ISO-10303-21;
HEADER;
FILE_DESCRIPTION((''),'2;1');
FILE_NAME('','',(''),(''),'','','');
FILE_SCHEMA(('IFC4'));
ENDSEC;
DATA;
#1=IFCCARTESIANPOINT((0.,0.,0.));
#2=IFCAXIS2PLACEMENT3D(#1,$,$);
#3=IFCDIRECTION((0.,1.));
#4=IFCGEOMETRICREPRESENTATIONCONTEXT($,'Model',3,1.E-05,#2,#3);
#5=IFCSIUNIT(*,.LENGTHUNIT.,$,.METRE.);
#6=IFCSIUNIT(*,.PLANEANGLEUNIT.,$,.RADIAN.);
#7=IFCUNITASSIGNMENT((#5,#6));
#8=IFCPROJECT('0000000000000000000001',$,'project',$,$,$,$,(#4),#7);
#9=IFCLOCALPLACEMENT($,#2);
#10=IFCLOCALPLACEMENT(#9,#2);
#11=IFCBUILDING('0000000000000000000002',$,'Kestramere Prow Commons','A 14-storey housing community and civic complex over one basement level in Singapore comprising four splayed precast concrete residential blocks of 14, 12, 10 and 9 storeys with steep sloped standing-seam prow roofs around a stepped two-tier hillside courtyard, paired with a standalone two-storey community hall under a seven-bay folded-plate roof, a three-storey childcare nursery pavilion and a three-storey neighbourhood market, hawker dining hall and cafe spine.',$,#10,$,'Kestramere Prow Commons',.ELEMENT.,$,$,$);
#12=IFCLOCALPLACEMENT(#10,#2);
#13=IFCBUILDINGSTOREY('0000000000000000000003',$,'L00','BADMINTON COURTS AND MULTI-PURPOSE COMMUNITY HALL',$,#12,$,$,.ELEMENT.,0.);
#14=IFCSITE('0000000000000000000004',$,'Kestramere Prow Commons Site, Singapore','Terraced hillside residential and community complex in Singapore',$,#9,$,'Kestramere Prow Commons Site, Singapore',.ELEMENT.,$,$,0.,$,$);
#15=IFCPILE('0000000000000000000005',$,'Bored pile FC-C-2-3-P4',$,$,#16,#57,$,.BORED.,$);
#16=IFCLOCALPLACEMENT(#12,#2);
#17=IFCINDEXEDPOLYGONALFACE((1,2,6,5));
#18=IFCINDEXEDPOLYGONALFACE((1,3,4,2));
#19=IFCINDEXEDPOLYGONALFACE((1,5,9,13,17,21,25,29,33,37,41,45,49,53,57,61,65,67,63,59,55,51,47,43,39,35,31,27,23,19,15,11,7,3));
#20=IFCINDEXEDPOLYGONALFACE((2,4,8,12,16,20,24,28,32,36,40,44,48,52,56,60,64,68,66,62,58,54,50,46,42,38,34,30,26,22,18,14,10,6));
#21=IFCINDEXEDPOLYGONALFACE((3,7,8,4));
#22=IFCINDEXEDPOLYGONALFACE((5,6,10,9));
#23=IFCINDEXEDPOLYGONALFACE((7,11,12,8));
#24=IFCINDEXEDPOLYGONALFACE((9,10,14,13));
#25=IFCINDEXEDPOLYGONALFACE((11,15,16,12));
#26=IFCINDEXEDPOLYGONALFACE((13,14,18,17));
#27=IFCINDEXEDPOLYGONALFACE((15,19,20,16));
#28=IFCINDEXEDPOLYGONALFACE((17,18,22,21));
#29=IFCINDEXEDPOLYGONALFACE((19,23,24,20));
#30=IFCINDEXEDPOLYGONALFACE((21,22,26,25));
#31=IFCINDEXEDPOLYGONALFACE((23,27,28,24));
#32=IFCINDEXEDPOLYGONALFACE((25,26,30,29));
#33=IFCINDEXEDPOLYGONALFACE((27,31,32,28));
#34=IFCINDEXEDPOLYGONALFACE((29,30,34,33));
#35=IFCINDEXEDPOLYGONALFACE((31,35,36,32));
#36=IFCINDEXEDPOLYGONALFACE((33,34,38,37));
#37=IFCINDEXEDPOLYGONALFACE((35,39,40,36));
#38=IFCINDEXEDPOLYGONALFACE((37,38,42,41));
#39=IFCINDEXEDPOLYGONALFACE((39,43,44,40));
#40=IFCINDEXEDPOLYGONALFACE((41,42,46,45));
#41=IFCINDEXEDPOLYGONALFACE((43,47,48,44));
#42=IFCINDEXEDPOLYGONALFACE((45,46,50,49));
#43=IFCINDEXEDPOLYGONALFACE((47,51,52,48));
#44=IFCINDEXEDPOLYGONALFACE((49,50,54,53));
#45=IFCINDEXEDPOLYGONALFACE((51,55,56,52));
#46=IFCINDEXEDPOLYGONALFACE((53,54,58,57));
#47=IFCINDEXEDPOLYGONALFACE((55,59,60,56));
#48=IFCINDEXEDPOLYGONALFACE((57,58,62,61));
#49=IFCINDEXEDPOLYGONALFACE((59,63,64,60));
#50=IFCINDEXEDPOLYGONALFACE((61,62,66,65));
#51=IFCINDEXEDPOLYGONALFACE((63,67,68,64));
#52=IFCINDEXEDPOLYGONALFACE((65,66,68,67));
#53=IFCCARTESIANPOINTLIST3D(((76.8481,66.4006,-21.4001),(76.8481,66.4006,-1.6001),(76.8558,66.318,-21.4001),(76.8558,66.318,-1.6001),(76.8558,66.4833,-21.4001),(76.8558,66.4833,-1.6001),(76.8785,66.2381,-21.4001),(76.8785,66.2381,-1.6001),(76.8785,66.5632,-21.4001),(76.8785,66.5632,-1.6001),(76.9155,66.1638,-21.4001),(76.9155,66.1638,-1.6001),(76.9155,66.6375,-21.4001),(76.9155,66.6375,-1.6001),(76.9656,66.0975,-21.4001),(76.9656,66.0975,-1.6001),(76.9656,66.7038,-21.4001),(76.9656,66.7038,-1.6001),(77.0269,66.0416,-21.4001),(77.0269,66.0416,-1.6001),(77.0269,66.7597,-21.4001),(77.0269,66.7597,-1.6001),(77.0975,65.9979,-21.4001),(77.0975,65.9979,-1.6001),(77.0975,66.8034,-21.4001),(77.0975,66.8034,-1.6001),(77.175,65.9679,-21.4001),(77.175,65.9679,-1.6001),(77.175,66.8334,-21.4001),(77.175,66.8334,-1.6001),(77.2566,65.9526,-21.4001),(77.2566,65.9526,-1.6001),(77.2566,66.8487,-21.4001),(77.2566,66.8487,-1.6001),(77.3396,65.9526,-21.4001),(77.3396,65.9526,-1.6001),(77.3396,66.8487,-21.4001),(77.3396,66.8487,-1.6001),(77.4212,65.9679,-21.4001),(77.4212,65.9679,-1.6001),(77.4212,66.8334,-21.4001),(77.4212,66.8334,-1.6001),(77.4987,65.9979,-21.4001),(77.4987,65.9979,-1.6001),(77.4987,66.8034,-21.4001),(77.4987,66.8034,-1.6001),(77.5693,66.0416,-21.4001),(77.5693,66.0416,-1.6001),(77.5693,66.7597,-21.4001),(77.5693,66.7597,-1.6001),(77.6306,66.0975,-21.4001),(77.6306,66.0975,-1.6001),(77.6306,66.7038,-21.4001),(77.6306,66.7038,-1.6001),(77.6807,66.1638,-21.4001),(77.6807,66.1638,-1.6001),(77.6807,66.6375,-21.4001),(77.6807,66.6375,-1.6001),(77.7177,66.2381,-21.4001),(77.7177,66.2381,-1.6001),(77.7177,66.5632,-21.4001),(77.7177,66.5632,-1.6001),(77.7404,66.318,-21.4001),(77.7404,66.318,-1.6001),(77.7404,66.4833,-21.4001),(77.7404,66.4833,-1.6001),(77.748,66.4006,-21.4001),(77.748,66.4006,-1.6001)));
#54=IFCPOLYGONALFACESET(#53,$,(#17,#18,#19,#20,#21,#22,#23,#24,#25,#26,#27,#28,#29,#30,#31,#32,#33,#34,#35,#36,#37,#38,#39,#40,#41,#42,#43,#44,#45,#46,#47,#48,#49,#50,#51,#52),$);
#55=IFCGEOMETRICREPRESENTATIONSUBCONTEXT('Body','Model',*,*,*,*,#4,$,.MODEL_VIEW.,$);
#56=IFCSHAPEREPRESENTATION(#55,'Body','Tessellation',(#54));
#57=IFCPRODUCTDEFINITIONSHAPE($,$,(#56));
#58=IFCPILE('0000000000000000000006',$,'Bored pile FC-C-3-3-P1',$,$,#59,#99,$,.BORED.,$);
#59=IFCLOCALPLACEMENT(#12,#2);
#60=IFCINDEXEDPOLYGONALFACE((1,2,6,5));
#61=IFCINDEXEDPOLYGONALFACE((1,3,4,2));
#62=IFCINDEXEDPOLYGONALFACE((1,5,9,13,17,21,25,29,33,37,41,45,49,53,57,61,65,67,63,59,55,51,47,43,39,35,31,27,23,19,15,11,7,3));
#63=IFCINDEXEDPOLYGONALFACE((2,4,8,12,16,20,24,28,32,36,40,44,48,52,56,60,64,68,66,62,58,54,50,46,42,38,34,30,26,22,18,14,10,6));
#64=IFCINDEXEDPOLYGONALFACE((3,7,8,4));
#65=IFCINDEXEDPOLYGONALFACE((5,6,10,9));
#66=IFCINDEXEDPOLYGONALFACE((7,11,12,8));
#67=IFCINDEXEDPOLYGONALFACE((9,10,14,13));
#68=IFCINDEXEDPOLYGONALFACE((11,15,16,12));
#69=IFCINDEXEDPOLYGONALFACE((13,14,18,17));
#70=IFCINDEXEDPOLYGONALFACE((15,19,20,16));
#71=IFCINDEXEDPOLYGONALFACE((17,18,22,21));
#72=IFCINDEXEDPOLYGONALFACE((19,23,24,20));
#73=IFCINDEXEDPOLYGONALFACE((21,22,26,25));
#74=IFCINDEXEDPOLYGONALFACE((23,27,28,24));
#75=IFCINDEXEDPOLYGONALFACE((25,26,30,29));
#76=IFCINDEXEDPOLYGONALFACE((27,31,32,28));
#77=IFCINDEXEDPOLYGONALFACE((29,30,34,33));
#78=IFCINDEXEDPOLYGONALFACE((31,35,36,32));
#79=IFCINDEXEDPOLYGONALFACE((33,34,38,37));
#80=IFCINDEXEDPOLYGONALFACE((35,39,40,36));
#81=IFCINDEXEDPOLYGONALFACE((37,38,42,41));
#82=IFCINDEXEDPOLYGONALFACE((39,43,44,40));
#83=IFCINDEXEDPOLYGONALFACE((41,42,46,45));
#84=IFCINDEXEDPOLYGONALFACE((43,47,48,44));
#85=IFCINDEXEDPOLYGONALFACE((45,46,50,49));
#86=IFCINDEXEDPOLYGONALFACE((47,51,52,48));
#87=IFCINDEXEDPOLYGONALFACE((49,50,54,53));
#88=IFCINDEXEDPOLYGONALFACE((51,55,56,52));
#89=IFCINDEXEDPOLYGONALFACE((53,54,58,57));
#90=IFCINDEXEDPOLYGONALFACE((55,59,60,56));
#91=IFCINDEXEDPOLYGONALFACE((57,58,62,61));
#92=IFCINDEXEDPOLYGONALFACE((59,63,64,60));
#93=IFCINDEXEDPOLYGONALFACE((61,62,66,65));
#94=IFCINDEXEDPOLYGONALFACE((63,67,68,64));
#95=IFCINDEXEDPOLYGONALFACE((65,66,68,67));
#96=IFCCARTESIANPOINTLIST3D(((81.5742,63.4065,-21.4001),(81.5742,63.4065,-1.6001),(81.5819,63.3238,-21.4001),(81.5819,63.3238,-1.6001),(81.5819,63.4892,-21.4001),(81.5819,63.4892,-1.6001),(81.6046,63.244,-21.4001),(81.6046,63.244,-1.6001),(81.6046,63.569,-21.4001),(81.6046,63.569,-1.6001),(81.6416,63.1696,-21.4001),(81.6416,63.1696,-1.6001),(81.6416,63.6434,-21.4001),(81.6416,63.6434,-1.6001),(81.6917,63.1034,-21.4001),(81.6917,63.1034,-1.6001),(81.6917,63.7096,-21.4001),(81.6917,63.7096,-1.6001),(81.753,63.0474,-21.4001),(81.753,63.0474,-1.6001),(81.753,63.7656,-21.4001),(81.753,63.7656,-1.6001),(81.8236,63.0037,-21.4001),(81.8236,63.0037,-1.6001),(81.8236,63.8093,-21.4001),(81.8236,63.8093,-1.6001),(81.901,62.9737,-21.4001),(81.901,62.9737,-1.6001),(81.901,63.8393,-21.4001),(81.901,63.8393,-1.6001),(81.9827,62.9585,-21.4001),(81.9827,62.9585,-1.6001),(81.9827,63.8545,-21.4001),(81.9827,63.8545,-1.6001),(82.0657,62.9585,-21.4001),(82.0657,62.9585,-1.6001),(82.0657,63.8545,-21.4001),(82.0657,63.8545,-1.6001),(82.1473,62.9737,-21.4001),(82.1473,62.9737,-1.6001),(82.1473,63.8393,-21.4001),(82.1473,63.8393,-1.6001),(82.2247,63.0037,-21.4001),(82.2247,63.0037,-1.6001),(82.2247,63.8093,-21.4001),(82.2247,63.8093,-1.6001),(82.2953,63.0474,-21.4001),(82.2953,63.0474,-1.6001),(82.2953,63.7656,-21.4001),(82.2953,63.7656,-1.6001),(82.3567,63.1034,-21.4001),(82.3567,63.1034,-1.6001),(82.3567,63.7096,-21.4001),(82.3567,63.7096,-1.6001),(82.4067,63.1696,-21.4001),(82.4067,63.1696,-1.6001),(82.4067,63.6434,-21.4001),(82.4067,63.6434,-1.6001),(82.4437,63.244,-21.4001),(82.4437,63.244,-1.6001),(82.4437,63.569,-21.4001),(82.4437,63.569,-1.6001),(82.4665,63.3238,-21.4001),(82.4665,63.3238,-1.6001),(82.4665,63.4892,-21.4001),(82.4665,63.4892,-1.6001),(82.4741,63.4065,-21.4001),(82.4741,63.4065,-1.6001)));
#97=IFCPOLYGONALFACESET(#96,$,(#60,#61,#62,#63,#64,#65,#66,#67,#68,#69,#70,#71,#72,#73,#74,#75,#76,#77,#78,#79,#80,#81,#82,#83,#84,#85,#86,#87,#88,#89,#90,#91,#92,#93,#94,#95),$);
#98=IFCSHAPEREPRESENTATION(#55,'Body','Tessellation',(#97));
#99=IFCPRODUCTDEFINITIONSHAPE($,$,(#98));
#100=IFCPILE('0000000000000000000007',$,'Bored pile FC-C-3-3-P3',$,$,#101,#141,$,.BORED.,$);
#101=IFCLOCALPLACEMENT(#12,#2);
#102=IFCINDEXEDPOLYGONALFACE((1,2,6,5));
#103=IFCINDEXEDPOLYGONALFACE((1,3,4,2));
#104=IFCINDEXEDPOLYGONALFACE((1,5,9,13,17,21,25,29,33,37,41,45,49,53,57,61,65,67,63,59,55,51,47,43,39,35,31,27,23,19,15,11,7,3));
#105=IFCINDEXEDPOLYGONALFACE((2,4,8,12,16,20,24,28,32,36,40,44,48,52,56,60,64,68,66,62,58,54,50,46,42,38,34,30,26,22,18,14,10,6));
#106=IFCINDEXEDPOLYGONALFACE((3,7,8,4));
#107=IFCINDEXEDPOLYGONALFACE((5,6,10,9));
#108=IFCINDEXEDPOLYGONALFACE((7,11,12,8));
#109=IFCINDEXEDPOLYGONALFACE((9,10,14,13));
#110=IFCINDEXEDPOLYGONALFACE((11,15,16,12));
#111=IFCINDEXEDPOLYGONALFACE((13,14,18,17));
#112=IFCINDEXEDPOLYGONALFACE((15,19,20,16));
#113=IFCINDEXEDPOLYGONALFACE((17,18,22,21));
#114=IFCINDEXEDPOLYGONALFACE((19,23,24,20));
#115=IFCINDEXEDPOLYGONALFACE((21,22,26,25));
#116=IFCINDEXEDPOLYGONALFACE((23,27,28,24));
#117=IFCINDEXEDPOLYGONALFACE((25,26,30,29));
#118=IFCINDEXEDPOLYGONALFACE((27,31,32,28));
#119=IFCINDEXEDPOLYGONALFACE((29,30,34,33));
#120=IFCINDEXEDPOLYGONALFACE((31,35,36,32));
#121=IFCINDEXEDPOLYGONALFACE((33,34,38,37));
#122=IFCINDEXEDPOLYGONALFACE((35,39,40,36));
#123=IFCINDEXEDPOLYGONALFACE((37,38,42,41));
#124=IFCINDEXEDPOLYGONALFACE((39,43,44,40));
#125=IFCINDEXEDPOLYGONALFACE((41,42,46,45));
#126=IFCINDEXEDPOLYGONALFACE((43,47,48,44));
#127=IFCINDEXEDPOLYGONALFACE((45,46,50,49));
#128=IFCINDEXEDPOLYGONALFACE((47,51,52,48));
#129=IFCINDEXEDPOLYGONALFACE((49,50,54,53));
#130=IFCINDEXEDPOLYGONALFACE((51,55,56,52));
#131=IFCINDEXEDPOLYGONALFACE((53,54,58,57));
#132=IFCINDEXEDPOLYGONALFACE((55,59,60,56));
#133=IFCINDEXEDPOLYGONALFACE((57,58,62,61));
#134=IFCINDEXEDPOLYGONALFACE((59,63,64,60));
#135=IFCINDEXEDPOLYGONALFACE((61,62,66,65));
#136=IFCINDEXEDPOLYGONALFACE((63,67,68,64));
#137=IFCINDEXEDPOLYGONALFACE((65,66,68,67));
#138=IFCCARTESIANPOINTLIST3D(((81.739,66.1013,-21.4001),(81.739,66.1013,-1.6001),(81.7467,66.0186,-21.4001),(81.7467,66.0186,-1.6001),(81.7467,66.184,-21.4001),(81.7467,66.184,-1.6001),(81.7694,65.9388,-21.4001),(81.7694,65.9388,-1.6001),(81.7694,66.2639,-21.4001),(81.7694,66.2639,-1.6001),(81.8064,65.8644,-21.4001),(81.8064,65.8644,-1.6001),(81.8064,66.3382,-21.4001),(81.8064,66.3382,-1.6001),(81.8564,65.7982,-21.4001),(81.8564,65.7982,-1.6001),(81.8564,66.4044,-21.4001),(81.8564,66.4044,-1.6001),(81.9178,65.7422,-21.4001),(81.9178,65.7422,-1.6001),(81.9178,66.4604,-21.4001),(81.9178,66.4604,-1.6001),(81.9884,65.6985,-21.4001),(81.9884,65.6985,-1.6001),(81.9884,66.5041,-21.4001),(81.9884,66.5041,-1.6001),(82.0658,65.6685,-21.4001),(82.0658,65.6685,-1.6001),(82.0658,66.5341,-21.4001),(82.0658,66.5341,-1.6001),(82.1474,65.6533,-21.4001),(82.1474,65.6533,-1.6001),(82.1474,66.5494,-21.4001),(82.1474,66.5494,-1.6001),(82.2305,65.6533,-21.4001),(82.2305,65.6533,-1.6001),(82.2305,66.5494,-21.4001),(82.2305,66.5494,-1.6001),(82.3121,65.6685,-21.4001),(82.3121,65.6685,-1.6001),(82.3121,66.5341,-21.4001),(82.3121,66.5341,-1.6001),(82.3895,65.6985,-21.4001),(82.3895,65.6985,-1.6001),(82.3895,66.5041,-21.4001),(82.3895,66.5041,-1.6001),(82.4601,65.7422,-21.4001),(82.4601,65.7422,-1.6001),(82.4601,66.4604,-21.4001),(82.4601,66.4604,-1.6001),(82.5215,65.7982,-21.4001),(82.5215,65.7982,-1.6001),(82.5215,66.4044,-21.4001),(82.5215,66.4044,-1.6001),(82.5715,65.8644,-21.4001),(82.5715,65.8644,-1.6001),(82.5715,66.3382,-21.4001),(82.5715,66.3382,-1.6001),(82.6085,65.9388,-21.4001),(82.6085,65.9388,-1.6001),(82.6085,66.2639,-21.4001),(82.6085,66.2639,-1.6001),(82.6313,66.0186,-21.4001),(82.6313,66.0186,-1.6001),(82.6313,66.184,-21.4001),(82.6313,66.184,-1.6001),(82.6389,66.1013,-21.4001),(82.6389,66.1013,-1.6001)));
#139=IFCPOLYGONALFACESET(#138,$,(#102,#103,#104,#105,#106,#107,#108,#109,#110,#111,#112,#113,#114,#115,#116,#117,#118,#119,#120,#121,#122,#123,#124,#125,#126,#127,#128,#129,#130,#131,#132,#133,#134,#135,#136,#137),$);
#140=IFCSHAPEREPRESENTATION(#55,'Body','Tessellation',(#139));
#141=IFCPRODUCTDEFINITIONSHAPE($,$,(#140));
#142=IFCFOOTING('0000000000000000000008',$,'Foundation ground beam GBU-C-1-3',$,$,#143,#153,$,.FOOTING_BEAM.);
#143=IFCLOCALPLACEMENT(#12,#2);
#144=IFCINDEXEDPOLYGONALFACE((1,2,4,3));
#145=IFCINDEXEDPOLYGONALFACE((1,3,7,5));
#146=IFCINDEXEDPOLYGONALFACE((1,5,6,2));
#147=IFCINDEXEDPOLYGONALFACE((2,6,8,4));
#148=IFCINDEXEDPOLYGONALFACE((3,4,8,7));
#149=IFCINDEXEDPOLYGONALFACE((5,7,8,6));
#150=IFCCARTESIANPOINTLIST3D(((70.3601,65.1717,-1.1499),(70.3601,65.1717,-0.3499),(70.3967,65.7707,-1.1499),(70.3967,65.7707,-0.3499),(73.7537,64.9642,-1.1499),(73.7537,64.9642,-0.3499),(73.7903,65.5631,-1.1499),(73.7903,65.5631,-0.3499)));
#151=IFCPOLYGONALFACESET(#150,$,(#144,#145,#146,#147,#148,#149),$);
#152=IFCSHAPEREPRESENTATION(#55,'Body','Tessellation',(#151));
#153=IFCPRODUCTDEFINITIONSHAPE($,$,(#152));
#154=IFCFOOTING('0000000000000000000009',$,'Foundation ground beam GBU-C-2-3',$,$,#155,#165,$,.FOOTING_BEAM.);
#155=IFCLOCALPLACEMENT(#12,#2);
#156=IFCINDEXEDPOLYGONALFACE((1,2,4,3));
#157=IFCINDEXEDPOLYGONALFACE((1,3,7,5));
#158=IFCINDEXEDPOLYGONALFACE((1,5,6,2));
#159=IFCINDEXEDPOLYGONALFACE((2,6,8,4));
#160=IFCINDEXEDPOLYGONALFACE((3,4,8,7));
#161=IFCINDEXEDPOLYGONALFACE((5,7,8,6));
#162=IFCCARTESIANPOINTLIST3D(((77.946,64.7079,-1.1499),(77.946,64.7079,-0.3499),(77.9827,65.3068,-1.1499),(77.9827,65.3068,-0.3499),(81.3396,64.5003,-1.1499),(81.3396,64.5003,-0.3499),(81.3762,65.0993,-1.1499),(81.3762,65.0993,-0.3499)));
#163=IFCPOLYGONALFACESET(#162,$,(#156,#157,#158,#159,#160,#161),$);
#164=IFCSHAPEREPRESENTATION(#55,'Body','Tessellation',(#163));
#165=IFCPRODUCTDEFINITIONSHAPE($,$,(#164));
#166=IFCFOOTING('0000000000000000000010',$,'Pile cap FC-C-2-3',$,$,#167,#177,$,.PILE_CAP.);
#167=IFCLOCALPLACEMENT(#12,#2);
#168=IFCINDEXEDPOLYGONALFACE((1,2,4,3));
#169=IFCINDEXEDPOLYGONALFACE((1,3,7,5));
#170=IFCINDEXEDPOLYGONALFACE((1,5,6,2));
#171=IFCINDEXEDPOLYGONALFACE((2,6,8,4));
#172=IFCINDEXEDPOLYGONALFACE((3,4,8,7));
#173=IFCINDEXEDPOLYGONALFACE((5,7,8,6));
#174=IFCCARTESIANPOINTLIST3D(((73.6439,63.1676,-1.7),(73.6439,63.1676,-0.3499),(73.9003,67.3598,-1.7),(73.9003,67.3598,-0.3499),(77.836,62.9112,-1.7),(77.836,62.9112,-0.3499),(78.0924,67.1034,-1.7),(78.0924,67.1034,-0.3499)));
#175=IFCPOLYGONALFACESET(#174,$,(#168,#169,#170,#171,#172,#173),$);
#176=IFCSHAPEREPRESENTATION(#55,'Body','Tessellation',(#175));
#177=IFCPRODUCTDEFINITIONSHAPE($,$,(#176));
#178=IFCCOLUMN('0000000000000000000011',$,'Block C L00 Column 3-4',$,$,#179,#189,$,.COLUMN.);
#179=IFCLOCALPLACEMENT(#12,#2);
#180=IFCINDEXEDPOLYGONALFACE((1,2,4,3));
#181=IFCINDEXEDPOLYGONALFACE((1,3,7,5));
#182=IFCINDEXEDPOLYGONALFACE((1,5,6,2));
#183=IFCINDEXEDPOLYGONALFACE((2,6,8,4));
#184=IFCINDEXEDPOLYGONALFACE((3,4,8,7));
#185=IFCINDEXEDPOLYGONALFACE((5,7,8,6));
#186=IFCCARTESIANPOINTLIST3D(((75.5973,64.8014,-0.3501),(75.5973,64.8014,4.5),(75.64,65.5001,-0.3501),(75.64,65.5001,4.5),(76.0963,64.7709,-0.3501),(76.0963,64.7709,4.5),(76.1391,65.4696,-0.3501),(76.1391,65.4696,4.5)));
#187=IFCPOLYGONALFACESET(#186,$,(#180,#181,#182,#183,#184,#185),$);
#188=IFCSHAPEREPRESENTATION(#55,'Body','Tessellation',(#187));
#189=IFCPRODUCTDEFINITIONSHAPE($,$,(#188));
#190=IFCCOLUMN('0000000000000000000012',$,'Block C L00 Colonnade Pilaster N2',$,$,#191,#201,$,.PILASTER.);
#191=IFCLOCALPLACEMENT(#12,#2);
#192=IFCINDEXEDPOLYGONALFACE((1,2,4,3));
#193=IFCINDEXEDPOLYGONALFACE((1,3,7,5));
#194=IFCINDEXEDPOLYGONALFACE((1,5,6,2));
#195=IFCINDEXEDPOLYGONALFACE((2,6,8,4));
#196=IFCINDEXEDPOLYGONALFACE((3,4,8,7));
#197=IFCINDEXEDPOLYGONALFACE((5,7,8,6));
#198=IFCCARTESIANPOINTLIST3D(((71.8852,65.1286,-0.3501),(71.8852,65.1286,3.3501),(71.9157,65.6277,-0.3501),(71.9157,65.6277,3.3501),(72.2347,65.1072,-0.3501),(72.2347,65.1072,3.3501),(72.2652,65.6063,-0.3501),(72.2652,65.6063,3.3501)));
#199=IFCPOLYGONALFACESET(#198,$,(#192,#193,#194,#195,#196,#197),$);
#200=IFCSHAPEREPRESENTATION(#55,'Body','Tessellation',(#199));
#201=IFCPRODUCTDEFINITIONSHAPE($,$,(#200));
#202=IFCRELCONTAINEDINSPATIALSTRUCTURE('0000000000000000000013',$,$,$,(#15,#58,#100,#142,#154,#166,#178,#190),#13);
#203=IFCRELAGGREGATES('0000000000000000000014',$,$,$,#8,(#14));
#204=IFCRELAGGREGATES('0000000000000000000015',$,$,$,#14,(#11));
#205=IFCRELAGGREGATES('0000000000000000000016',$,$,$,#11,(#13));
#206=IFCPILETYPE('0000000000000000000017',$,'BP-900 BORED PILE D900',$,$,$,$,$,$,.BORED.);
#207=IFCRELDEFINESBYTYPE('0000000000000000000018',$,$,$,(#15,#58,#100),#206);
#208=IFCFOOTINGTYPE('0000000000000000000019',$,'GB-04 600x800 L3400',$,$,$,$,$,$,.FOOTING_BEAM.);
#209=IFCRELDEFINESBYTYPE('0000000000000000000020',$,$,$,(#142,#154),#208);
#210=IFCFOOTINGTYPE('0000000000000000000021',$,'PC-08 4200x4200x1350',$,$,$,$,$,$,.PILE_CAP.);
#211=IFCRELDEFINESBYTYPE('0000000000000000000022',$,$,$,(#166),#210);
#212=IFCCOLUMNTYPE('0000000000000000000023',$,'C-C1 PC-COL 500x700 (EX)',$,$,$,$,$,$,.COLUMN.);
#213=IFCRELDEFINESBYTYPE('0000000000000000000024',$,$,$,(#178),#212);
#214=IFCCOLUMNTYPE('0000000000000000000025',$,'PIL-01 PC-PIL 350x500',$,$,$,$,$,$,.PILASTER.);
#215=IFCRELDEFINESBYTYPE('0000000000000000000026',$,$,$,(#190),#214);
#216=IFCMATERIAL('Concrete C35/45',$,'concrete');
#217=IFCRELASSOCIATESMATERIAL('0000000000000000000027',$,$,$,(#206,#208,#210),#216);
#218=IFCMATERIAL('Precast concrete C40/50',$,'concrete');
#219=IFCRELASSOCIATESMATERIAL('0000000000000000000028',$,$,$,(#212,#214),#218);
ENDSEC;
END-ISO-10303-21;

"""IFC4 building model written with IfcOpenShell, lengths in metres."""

from ifc_helpers import new_model, si_unit, direction, frame, origin, origin_2d, place, context, subcontext, project, spatial, rectangle, circle, extrude, material, material_profile, profile_set, type_object, element, save


model = new_model("IFC4")

# Units and contexts
model_context = context("Model", 3, precision=1e-05, world=origin(), true_north=direction((0.0, 1.0)))
body_context = subcontext(model_context, "Body", "Model", "MODEL_VIEW")
ifc_project = project(units=[si_unit("LENGTHUNIT", "METRE"), si_unit("PLANEANGLEUNIT", "RADIAN")], contexts=[model_context])

# Site, building, storey
site_placement = place(None, origin())
site = spatial("IfcSite", under=ifc_project, at=site_placement, Name="Kestramere Prow Commons Site, Singapore", Description="Terraced hillside residential and community complex in Singapore", LongName="Kestramere Prow Commons Site, Singapore", CompositionType="ELEMENT", RefElevation=0.0)
building_placement = place(site_placement, origin())
building = spatial("IfcBuilding", under=site, at=building_placement, Name="Kestramere Prow Commons", Description="A 14-storey housing community and civic complex over one basement level in Singapore comprising four splayed precast concrete residential blocks of 14, 12, 10 and 9 storeys with steep sloped standing-seam prow roofs around a stepped two-tier hillside courtyard, paired with a standalone two-storey community hall under a seven-bay folded-plate roof, a three-storey childcare nursery pavilion and a three-storey neighbourhood market, hawker dining hall and cafe spine.", LongName="Kestramere Prow Commons", CompositionType="ELEMENT")
storey_placement = place(building_placement, origin())
storey = spatial("IfcBuildingStorey", under=building, at=storey_placement, Name="L00", Description="BADMINTON COURTS AND MULTI-PURPOSE COMMUNITY HALL", CompositionType="ELEMENT", Elevation=0.0)

# Piles
ifc_material_1 = material(Name="Concrete C35/45", Category="concrete")
ifc_material_profile_1 = material_profile(ifc_material_1, circle(Radius=0.45, at=origin_2d()), Name="BORED PILE D900")
ifc_profile_set_1 = profile_set([ifc_material_profile_1], Name="Concrete C35/45")
pile_type = type_object("IfcPileType", Name="BP-900 BORED PILE D900", PredefinedType="BORED", material=ifc_profile_set_1)
for number, where, z_axis, x_axis, name in (
    (1, (77.2981, 66.4006, -1.6001), (0.0, 0.0, -1.0), (1.0, 0.0, 0.0), "Bored pile FC-C-2-3-P4"),
    (2, (82.0242, 63.4065, -1.6001), (0.0, 0.0, -1.0), (1.0, 0.0, 0.0), "Bored pile FC-C-3-3-P1"),
    (3, (82.189, 66.1013, -1.6001), (0.0, 0.0, -1.0), (1.0, 0.0, 0.0), "Bored pile FC-C-3-3-P3"),
):
    element("IfcPile", number, at=place(storey_placement, frame(where, z_axis=z_axis, x_axis=x_axis)), inside=storey, type_object=pile_type, Name=name, PredefinedType="BORED", context=body_context, shape_type="SweptSolid", body=[
        extrude(circle(Radius=0.45, at=origin_2d()), origin(), (0.0, 0.0, 1.0), 19.8),
    ])

# Footings
footing_type_1 = type_object("IfcFootingType", Name="GB-04 600x800 L3400", PredefinedType="FOOTING_BEAM", material=ifc_material_1)
for number, where, z_axis, x_axis, name in (
    (4, (72.0752, 65.3674, -1.1499), (0.0, 0.0, 1.0), (0.998135, -0.061049, 0.0), "Foundation ground beam GBU-C-1-3"),
    (5, (79.6611, 64.9036, -1.1499), (0.0, 0.0, 1.0), (0.998135, -0.061049, 0.0), "Foundation ground beam GBU-C-2-3"),
):
    element("IfcFooting", number, at=place(storey_placement, frame(where, z_axis=z_axis, x_axis=x_axis)), inside=storey, type_object=footing_type_1, Name=name, PredefinedType="FOOTING_BEAM", context=body_context, shape_type="SweptSolid", body=[
        extrude(rectangle(XDim=3.3999, YDim=0.6001, at=origin_2d()), origin(), (0.0, 0.0, 1.0), 0.8),
    ])
footing_type_2 = type_object("IfcFootingType", Name="PC-08 4200x4200x1350", PredefinedType="PILE_CAP", material=ifc_material_1)
footing_placement = place(storey_placement, frame((75.8682, 65.1355, -1.7), z_axis=(0.0, 0.0, 1.0), x_axis=(0.998135, -0.061049, 0.0)))
element("IfcFooting", 6, at=footing_placement, inside=storey, type_object=footing_type_2, Name="Pile cap FC-C-2-3", PredefinedType="PILE_CAP", context=body_context, shape_type="SweptSolid", body=[
    extrude(rectangle(XDim=4.2, YDim=4.2, at=origin_2d()), origin(), (0.0, 0.0, 1.0), 1.3501),
])

# Columns
ifc_material_2 = material(Name="Precast concrete C40/50", Category="concrete")
ifc_material_profile_2 = material_profile(ifc_material_2, rectangle(XDim=0.5, YDim=0.7, at=origin_2d()), Name="PC-COL 500x700")
ifc_profile_set_2 = profile_set([ifc_material_profile_2], Name="Precast concrete C40/50")
column_type_1 = type_object("IfcColumnType", Name="C-C1 PC-COL 500x700 (EX)", PredefinedType="COLUMN", material=ifc_profile_set_2)
column_placement = place(storey_placement, frame((75.8682, 65.1355, -0.3501), z_axis=(0.0, 0.0, 1.0), x_axis=(0.998135, -0.061049, 0.0)))
element("IfcColumn", 7, at=column_placement, inside=storey, type_object=column_type_1, Name="Block C L00 Column 3-4", PredefinedType="COLUMN", context=body_context, shape_type="SweptSolid", body=[
    extrude(rectangle(XDim=0.5, YDim=0.7, at=origin_2d()), origin(), (0.0, 0.0, 1.0), 4.8501),
])
ifc_material_profile_3 = material_profile(ifc_material_2, rectangle(XDim=0.3501, YDim=0.5, at=origin_2d()), Name="PC-PIL 350x500")
ifc_profile_set_3 = profile_set([ifc_material_profile_3], Name="Precast concrete C40/50")
column_type_2 = type_object("IfcColumnType", Name="PIL-01 PC-PIL 350x500", PredefinedType="PILASTER", material=ifc_profile_set_3)
for number, where, z_axis, x_axis, name in (
    (8, (72.0752, 65.3674, -0.3501), (0.0, 0.0, 1.0), (0.998135, -0.061049, 0.0), "Block C L00 Colonnade Pilaster N2"),
):
    element("IfcColumn", number, at=place(storey_placement, frame(where, z_axis=z_axis, x_axis=x_axis)), inside=storey, type_object=column_type_2, Name=name, PredefinedType="PILASTER", context=body_context, shape_type="SweptSolid", body=[
        extrude(rectangle(XDim=0.3501, YDim=0.5, at=origin_2d()), origin(), (0.0, 0.0, 1.0), 3.7002),
    ])

save(model, "model.ifc")
